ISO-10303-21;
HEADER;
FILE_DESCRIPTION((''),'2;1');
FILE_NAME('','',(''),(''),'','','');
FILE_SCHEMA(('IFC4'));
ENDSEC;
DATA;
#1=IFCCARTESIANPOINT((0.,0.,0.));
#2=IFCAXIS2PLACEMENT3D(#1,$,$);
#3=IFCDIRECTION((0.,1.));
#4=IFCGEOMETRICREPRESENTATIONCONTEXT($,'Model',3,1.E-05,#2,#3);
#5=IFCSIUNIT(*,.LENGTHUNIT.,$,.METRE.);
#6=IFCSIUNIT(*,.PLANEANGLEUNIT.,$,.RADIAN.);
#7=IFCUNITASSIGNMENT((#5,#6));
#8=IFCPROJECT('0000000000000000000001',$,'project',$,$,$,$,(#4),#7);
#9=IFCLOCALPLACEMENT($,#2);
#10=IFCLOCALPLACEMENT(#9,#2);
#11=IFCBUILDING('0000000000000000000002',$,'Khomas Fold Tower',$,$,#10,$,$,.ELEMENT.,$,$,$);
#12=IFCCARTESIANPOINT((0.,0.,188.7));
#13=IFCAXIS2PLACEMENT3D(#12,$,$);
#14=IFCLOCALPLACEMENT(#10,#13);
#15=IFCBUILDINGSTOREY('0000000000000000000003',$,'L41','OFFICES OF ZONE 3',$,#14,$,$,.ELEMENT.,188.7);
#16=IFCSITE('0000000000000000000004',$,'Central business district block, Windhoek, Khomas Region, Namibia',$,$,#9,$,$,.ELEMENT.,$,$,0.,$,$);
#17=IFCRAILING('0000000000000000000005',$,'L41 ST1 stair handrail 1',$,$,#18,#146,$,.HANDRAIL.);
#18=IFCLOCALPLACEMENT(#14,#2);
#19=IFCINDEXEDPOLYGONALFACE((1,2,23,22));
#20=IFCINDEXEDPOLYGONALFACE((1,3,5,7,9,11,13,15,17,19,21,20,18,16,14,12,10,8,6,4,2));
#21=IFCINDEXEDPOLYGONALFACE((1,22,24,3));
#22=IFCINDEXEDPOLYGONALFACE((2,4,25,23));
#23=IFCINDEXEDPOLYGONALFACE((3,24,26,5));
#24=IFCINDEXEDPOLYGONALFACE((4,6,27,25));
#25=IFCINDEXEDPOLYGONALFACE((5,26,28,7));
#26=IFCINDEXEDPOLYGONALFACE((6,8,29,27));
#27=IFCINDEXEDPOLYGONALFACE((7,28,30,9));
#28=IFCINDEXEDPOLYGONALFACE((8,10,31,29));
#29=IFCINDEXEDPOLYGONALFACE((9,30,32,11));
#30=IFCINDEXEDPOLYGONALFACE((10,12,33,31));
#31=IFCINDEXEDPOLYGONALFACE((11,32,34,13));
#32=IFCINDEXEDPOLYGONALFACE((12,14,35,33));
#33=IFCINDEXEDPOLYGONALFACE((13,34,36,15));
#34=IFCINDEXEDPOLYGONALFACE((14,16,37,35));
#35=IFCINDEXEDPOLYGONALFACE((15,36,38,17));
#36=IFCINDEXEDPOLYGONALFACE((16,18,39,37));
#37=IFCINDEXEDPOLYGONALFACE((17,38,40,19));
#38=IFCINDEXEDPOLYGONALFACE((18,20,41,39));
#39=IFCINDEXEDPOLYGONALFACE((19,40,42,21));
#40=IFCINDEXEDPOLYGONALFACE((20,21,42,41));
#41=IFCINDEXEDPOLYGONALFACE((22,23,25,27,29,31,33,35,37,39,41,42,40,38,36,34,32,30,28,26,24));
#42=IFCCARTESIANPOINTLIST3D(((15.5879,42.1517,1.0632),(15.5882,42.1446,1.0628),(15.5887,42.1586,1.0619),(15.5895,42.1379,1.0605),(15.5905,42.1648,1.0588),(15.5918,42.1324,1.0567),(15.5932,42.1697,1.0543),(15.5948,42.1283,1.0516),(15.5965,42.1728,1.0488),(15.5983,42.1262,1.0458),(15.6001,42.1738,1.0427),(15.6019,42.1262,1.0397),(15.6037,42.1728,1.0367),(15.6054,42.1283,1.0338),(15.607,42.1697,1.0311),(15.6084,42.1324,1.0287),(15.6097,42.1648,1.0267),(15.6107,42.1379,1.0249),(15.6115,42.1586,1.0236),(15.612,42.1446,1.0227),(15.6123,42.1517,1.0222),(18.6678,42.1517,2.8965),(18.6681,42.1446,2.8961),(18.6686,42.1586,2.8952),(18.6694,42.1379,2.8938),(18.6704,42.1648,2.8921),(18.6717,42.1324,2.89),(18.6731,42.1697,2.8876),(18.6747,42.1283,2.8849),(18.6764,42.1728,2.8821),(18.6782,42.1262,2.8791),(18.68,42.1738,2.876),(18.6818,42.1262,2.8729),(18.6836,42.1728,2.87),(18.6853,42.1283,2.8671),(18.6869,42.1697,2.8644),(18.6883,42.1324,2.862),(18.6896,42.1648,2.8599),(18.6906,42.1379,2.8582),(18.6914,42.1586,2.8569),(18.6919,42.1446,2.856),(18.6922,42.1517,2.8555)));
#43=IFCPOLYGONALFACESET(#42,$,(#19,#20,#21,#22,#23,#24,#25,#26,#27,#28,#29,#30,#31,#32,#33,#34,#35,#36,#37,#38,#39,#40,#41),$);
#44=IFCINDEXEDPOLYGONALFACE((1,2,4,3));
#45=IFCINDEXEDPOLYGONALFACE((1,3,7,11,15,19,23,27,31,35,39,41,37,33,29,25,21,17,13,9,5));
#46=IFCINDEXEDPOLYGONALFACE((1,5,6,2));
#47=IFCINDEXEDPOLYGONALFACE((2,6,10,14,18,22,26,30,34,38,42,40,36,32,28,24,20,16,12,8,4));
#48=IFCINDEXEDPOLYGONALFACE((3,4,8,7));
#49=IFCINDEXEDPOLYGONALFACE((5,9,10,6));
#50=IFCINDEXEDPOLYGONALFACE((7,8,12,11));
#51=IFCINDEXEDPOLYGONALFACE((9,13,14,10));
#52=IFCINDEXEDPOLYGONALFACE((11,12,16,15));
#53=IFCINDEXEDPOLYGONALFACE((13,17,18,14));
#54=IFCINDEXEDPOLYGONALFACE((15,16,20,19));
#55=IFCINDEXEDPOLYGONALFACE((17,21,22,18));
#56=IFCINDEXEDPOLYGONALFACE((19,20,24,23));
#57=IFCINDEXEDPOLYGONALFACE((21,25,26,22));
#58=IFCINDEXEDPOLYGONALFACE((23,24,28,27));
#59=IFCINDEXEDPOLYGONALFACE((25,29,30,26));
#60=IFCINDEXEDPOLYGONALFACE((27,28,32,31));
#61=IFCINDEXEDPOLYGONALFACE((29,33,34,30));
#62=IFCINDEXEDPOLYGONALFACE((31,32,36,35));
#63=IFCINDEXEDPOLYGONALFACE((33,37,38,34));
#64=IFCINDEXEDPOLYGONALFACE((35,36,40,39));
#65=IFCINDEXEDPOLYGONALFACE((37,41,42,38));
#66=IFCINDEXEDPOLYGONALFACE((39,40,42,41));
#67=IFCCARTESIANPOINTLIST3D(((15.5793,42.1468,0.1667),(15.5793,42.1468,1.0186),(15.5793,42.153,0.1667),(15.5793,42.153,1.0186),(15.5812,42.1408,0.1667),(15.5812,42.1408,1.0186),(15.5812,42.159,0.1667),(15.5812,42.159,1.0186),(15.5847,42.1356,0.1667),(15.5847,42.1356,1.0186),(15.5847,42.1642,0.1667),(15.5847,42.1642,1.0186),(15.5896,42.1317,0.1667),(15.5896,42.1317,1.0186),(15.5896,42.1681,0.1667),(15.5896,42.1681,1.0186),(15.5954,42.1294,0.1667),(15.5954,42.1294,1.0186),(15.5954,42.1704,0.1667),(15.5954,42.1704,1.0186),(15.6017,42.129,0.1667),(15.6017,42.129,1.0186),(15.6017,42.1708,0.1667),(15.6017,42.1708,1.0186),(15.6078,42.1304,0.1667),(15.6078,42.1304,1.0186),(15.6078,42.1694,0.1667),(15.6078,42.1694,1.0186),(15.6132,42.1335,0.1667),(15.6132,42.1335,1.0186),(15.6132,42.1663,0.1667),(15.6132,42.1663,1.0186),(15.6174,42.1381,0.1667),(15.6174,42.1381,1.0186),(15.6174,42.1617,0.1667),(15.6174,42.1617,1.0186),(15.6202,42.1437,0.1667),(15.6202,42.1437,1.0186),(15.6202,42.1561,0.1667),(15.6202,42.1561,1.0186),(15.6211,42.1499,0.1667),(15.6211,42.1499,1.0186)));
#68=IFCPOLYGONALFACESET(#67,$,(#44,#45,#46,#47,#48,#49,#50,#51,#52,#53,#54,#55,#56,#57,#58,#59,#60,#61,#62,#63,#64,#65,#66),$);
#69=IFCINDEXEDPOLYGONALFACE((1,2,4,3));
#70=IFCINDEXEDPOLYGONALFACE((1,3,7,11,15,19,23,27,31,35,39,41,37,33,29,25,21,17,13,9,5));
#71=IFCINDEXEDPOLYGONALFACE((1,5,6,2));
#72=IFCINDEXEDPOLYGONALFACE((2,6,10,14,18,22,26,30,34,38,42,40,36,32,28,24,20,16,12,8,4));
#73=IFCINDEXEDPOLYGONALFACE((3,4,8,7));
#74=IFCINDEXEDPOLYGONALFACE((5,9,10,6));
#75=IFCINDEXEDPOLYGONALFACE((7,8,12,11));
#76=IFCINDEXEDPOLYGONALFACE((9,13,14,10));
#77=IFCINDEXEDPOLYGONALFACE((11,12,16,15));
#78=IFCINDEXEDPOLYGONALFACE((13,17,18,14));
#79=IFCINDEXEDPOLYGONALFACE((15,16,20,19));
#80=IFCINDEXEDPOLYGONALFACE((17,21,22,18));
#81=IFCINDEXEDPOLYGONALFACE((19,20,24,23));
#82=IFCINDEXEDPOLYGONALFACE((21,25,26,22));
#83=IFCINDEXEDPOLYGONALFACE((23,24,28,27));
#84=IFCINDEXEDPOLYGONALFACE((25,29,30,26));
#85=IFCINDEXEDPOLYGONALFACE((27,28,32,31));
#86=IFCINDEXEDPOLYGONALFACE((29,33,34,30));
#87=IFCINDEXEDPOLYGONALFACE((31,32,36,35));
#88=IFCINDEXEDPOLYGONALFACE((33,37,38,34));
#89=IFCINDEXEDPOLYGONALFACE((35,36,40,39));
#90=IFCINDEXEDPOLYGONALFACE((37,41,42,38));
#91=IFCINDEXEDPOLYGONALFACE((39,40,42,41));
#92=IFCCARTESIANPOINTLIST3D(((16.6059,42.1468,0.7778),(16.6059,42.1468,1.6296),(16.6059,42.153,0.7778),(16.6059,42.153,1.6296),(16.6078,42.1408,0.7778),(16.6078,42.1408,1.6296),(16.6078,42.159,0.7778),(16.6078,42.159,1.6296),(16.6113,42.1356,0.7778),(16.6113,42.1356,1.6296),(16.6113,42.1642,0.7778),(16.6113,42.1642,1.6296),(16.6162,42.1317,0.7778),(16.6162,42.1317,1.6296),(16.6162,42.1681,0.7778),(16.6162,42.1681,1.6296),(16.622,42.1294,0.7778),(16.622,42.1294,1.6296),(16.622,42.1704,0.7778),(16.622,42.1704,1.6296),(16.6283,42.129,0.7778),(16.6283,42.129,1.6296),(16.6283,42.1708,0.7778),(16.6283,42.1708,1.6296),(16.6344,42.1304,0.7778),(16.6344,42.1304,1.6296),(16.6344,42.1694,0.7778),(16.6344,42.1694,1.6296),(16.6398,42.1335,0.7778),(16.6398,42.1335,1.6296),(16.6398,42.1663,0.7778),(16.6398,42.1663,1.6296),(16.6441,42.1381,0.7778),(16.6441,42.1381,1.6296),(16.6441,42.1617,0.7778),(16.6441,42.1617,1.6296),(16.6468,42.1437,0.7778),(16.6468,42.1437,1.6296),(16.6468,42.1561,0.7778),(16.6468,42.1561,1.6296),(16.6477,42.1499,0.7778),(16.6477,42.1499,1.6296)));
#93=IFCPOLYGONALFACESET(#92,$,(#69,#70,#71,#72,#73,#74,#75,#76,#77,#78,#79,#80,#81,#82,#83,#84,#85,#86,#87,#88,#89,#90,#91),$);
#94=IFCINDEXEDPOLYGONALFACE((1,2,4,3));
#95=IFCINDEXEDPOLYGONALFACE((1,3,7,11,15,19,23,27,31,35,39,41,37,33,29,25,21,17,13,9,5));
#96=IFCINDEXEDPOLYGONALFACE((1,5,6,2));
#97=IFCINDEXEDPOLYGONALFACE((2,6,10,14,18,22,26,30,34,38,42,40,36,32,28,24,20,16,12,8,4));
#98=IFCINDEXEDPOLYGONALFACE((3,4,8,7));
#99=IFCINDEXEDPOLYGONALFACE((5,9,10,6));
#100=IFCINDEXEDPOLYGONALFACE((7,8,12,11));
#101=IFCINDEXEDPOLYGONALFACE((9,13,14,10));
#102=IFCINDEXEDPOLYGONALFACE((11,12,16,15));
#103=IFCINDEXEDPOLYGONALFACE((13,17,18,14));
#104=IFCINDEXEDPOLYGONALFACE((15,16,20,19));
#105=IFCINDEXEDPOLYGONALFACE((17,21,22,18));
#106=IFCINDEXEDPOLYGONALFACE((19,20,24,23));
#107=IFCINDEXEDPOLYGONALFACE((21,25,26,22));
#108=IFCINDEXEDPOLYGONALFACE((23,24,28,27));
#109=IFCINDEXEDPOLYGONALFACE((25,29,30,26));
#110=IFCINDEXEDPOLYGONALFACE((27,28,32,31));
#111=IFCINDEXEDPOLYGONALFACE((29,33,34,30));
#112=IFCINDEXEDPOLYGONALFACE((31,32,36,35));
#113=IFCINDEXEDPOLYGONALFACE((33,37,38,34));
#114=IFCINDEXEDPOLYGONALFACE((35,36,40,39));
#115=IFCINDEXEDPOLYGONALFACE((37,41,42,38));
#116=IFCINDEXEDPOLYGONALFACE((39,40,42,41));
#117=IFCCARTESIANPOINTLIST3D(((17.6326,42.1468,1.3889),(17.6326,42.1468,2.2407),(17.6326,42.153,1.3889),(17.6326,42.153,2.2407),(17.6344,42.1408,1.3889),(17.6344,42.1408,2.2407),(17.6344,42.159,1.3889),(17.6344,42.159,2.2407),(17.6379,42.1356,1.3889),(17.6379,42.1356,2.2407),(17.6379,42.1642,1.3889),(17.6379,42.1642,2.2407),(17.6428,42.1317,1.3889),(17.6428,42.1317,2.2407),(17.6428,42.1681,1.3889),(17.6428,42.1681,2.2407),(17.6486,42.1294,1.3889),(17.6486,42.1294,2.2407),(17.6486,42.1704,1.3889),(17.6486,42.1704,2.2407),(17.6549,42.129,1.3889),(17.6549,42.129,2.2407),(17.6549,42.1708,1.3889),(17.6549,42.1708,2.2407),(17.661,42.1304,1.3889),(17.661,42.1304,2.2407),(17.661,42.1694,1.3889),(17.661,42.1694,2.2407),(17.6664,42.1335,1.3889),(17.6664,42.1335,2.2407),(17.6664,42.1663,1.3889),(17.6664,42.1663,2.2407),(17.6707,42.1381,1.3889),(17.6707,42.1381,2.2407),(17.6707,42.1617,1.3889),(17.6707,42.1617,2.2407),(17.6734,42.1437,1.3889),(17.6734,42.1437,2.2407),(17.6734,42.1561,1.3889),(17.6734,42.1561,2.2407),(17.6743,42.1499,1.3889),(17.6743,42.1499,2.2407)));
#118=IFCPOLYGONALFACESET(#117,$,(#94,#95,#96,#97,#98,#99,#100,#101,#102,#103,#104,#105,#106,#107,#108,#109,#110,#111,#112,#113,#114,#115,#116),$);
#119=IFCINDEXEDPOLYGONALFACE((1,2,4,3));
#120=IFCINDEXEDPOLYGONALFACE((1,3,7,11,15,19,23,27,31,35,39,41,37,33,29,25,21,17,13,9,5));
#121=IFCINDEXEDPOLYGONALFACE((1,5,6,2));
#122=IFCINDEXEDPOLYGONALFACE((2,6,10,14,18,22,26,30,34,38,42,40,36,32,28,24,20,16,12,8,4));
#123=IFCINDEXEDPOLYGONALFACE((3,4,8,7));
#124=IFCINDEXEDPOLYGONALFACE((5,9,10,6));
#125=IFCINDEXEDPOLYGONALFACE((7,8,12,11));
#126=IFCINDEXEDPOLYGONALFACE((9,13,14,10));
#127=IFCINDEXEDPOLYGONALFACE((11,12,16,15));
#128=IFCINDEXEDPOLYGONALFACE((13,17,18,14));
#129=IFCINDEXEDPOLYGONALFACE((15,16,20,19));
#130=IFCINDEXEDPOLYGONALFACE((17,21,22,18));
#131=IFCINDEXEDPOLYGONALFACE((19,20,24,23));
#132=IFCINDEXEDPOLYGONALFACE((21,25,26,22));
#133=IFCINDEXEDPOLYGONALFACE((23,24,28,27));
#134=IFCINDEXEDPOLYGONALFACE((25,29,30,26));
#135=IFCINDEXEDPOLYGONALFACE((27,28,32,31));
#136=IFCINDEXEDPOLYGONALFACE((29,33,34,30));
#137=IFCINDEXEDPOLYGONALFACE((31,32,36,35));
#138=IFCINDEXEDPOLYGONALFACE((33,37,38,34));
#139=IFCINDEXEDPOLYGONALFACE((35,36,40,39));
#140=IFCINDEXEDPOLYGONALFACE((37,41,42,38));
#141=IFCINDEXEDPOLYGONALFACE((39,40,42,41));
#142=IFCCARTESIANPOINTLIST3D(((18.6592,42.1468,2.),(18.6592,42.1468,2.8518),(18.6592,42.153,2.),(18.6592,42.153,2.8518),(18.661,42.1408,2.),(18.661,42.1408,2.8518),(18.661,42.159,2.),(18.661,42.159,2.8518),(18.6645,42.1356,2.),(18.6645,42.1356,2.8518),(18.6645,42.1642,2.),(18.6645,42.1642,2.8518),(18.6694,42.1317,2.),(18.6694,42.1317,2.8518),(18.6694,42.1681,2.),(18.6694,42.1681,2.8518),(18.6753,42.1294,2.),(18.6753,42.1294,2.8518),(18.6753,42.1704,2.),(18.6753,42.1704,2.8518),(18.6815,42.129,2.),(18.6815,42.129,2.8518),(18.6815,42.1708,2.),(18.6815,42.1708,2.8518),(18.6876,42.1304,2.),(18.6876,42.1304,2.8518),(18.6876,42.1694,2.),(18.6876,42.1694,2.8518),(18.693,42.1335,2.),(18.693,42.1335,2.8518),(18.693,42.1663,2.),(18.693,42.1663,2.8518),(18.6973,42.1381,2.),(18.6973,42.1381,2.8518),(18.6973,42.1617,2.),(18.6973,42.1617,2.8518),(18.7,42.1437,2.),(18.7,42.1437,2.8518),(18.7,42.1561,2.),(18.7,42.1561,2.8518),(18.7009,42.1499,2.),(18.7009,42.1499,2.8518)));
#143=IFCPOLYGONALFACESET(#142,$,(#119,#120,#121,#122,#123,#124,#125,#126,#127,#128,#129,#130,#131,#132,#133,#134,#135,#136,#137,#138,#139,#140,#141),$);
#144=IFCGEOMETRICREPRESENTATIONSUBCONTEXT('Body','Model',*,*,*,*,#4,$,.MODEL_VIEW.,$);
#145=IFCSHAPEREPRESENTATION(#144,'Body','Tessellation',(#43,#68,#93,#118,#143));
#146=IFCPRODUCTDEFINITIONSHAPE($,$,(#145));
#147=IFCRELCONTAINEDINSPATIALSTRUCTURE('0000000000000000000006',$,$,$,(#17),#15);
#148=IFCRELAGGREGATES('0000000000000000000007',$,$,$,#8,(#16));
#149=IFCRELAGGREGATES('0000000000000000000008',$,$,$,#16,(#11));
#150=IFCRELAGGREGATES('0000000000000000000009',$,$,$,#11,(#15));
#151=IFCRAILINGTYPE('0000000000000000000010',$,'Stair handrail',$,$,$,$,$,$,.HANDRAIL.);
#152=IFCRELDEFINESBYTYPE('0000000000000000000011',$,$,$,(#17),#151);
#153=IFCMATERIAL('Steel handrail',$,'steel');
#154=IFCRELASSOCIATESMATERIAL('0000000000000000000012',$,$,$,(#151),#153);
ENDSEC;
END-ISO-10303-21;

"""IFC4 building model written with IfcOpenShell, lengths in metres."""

from ifc_helpers import new_model, si_unit, direction, frame, origin, origin_2d, place, context, subcontext, project, spatial, circle, extrude, source, transform, mapped, material, type_object, element, save


model = new_model("IFC4")

# Units and contexts
model_context = context("Model", 3, precision=1e-05, world=origin(), true_north=direction((0.0, 1.0)))
body_context = subcontext(model_context, "Body", "Model", "MODEL_VIEW")
ifc_project = project(units=[si_unit("LENGTHUNIT", "METRE"), si_unit("PLANEANGLEUNIT", "RADIAN")], contexts=[model_context])

# Site, building, storey
site_placement = place(None, origin())
site = spatial("IfcSite", under=ifc_project, at=site_placement, Name="Central business district block, Windhoek, Khomas Region, Namibia", CompositionType="ELEMENT", RefElevation=0.0)
building_placement = place(site_placement, origin())
building = spatial("IfcBuilding", under=site, at=building_placement, Name="Khomas Fold Tower", CompositionType="ELEMENT")
storey_placement = place(building_placement, frame((0.0, 0.0, 188.7)))
storey = spatial("IfcBuildingStorey", under=building, at=storey_placement, Name="L41", Description="OFFICES OF ZONE 3", CompositionType="ELEMENT", Elevation=188.7)

# Railing
ifc_material_1 = material(Name="Steel handrail", Category="steel")
railing_type_1 = type_object("IfcRailingType", Name="Stair handrail", PredefinedType="HANDRAIL", material=ifc_material_1)
shared_shape_1 = source(origin(), body_context, "Body", "SweptSolid", [
    extrude(circle(Radius=0.0239, at=origin_2d()), frame((0.0, 0.0, 0.876), z_axis=(0.859291, 0.0, 0.511487), x_axis=(0.0, 1.0, 0.0)), (0.0, 0.0, 1.0), 3.5842),
    extrude(circle(Radius=0.021, at=origin_2d()), origin(), (0.0, 0.0, 1.0), 0.8518),
    extrude(circle(Radius=0.021, at=origin_2d()), frame((1.0266, 0.0, 0.6111)), (0.0, 0.0, 1.0), 0.8518),
    extrude(circle(Radius=0.021, at=origin_2d()), frame((2.0532, 0.0, 1.2222)), (0.0, 0.0, 1.0), 0.8518),
    extrude(circle(Radius=0.021, at=origin_2d()), frame((3.0798, 0.0, 1.8333)), (0.0, 0.0, 1.0), 0.8518),
])
railing_1_placement = place(storey_placement, frame((15.6001, 42.1499, 0.1667)))
element("IfcRailing", 1, at=railing_1_placement, inside=storey, type_object=railing_type_1, Name="L41 ST1 stair handrail 1", PredefinedType="HANDRAIL", context=body_context, shape_type="MappedRepresentation", body=[
    mapped(shared_shape_1, transform((0.0, 0.0, 0.0))),
])

save(model, "model.ifc")
